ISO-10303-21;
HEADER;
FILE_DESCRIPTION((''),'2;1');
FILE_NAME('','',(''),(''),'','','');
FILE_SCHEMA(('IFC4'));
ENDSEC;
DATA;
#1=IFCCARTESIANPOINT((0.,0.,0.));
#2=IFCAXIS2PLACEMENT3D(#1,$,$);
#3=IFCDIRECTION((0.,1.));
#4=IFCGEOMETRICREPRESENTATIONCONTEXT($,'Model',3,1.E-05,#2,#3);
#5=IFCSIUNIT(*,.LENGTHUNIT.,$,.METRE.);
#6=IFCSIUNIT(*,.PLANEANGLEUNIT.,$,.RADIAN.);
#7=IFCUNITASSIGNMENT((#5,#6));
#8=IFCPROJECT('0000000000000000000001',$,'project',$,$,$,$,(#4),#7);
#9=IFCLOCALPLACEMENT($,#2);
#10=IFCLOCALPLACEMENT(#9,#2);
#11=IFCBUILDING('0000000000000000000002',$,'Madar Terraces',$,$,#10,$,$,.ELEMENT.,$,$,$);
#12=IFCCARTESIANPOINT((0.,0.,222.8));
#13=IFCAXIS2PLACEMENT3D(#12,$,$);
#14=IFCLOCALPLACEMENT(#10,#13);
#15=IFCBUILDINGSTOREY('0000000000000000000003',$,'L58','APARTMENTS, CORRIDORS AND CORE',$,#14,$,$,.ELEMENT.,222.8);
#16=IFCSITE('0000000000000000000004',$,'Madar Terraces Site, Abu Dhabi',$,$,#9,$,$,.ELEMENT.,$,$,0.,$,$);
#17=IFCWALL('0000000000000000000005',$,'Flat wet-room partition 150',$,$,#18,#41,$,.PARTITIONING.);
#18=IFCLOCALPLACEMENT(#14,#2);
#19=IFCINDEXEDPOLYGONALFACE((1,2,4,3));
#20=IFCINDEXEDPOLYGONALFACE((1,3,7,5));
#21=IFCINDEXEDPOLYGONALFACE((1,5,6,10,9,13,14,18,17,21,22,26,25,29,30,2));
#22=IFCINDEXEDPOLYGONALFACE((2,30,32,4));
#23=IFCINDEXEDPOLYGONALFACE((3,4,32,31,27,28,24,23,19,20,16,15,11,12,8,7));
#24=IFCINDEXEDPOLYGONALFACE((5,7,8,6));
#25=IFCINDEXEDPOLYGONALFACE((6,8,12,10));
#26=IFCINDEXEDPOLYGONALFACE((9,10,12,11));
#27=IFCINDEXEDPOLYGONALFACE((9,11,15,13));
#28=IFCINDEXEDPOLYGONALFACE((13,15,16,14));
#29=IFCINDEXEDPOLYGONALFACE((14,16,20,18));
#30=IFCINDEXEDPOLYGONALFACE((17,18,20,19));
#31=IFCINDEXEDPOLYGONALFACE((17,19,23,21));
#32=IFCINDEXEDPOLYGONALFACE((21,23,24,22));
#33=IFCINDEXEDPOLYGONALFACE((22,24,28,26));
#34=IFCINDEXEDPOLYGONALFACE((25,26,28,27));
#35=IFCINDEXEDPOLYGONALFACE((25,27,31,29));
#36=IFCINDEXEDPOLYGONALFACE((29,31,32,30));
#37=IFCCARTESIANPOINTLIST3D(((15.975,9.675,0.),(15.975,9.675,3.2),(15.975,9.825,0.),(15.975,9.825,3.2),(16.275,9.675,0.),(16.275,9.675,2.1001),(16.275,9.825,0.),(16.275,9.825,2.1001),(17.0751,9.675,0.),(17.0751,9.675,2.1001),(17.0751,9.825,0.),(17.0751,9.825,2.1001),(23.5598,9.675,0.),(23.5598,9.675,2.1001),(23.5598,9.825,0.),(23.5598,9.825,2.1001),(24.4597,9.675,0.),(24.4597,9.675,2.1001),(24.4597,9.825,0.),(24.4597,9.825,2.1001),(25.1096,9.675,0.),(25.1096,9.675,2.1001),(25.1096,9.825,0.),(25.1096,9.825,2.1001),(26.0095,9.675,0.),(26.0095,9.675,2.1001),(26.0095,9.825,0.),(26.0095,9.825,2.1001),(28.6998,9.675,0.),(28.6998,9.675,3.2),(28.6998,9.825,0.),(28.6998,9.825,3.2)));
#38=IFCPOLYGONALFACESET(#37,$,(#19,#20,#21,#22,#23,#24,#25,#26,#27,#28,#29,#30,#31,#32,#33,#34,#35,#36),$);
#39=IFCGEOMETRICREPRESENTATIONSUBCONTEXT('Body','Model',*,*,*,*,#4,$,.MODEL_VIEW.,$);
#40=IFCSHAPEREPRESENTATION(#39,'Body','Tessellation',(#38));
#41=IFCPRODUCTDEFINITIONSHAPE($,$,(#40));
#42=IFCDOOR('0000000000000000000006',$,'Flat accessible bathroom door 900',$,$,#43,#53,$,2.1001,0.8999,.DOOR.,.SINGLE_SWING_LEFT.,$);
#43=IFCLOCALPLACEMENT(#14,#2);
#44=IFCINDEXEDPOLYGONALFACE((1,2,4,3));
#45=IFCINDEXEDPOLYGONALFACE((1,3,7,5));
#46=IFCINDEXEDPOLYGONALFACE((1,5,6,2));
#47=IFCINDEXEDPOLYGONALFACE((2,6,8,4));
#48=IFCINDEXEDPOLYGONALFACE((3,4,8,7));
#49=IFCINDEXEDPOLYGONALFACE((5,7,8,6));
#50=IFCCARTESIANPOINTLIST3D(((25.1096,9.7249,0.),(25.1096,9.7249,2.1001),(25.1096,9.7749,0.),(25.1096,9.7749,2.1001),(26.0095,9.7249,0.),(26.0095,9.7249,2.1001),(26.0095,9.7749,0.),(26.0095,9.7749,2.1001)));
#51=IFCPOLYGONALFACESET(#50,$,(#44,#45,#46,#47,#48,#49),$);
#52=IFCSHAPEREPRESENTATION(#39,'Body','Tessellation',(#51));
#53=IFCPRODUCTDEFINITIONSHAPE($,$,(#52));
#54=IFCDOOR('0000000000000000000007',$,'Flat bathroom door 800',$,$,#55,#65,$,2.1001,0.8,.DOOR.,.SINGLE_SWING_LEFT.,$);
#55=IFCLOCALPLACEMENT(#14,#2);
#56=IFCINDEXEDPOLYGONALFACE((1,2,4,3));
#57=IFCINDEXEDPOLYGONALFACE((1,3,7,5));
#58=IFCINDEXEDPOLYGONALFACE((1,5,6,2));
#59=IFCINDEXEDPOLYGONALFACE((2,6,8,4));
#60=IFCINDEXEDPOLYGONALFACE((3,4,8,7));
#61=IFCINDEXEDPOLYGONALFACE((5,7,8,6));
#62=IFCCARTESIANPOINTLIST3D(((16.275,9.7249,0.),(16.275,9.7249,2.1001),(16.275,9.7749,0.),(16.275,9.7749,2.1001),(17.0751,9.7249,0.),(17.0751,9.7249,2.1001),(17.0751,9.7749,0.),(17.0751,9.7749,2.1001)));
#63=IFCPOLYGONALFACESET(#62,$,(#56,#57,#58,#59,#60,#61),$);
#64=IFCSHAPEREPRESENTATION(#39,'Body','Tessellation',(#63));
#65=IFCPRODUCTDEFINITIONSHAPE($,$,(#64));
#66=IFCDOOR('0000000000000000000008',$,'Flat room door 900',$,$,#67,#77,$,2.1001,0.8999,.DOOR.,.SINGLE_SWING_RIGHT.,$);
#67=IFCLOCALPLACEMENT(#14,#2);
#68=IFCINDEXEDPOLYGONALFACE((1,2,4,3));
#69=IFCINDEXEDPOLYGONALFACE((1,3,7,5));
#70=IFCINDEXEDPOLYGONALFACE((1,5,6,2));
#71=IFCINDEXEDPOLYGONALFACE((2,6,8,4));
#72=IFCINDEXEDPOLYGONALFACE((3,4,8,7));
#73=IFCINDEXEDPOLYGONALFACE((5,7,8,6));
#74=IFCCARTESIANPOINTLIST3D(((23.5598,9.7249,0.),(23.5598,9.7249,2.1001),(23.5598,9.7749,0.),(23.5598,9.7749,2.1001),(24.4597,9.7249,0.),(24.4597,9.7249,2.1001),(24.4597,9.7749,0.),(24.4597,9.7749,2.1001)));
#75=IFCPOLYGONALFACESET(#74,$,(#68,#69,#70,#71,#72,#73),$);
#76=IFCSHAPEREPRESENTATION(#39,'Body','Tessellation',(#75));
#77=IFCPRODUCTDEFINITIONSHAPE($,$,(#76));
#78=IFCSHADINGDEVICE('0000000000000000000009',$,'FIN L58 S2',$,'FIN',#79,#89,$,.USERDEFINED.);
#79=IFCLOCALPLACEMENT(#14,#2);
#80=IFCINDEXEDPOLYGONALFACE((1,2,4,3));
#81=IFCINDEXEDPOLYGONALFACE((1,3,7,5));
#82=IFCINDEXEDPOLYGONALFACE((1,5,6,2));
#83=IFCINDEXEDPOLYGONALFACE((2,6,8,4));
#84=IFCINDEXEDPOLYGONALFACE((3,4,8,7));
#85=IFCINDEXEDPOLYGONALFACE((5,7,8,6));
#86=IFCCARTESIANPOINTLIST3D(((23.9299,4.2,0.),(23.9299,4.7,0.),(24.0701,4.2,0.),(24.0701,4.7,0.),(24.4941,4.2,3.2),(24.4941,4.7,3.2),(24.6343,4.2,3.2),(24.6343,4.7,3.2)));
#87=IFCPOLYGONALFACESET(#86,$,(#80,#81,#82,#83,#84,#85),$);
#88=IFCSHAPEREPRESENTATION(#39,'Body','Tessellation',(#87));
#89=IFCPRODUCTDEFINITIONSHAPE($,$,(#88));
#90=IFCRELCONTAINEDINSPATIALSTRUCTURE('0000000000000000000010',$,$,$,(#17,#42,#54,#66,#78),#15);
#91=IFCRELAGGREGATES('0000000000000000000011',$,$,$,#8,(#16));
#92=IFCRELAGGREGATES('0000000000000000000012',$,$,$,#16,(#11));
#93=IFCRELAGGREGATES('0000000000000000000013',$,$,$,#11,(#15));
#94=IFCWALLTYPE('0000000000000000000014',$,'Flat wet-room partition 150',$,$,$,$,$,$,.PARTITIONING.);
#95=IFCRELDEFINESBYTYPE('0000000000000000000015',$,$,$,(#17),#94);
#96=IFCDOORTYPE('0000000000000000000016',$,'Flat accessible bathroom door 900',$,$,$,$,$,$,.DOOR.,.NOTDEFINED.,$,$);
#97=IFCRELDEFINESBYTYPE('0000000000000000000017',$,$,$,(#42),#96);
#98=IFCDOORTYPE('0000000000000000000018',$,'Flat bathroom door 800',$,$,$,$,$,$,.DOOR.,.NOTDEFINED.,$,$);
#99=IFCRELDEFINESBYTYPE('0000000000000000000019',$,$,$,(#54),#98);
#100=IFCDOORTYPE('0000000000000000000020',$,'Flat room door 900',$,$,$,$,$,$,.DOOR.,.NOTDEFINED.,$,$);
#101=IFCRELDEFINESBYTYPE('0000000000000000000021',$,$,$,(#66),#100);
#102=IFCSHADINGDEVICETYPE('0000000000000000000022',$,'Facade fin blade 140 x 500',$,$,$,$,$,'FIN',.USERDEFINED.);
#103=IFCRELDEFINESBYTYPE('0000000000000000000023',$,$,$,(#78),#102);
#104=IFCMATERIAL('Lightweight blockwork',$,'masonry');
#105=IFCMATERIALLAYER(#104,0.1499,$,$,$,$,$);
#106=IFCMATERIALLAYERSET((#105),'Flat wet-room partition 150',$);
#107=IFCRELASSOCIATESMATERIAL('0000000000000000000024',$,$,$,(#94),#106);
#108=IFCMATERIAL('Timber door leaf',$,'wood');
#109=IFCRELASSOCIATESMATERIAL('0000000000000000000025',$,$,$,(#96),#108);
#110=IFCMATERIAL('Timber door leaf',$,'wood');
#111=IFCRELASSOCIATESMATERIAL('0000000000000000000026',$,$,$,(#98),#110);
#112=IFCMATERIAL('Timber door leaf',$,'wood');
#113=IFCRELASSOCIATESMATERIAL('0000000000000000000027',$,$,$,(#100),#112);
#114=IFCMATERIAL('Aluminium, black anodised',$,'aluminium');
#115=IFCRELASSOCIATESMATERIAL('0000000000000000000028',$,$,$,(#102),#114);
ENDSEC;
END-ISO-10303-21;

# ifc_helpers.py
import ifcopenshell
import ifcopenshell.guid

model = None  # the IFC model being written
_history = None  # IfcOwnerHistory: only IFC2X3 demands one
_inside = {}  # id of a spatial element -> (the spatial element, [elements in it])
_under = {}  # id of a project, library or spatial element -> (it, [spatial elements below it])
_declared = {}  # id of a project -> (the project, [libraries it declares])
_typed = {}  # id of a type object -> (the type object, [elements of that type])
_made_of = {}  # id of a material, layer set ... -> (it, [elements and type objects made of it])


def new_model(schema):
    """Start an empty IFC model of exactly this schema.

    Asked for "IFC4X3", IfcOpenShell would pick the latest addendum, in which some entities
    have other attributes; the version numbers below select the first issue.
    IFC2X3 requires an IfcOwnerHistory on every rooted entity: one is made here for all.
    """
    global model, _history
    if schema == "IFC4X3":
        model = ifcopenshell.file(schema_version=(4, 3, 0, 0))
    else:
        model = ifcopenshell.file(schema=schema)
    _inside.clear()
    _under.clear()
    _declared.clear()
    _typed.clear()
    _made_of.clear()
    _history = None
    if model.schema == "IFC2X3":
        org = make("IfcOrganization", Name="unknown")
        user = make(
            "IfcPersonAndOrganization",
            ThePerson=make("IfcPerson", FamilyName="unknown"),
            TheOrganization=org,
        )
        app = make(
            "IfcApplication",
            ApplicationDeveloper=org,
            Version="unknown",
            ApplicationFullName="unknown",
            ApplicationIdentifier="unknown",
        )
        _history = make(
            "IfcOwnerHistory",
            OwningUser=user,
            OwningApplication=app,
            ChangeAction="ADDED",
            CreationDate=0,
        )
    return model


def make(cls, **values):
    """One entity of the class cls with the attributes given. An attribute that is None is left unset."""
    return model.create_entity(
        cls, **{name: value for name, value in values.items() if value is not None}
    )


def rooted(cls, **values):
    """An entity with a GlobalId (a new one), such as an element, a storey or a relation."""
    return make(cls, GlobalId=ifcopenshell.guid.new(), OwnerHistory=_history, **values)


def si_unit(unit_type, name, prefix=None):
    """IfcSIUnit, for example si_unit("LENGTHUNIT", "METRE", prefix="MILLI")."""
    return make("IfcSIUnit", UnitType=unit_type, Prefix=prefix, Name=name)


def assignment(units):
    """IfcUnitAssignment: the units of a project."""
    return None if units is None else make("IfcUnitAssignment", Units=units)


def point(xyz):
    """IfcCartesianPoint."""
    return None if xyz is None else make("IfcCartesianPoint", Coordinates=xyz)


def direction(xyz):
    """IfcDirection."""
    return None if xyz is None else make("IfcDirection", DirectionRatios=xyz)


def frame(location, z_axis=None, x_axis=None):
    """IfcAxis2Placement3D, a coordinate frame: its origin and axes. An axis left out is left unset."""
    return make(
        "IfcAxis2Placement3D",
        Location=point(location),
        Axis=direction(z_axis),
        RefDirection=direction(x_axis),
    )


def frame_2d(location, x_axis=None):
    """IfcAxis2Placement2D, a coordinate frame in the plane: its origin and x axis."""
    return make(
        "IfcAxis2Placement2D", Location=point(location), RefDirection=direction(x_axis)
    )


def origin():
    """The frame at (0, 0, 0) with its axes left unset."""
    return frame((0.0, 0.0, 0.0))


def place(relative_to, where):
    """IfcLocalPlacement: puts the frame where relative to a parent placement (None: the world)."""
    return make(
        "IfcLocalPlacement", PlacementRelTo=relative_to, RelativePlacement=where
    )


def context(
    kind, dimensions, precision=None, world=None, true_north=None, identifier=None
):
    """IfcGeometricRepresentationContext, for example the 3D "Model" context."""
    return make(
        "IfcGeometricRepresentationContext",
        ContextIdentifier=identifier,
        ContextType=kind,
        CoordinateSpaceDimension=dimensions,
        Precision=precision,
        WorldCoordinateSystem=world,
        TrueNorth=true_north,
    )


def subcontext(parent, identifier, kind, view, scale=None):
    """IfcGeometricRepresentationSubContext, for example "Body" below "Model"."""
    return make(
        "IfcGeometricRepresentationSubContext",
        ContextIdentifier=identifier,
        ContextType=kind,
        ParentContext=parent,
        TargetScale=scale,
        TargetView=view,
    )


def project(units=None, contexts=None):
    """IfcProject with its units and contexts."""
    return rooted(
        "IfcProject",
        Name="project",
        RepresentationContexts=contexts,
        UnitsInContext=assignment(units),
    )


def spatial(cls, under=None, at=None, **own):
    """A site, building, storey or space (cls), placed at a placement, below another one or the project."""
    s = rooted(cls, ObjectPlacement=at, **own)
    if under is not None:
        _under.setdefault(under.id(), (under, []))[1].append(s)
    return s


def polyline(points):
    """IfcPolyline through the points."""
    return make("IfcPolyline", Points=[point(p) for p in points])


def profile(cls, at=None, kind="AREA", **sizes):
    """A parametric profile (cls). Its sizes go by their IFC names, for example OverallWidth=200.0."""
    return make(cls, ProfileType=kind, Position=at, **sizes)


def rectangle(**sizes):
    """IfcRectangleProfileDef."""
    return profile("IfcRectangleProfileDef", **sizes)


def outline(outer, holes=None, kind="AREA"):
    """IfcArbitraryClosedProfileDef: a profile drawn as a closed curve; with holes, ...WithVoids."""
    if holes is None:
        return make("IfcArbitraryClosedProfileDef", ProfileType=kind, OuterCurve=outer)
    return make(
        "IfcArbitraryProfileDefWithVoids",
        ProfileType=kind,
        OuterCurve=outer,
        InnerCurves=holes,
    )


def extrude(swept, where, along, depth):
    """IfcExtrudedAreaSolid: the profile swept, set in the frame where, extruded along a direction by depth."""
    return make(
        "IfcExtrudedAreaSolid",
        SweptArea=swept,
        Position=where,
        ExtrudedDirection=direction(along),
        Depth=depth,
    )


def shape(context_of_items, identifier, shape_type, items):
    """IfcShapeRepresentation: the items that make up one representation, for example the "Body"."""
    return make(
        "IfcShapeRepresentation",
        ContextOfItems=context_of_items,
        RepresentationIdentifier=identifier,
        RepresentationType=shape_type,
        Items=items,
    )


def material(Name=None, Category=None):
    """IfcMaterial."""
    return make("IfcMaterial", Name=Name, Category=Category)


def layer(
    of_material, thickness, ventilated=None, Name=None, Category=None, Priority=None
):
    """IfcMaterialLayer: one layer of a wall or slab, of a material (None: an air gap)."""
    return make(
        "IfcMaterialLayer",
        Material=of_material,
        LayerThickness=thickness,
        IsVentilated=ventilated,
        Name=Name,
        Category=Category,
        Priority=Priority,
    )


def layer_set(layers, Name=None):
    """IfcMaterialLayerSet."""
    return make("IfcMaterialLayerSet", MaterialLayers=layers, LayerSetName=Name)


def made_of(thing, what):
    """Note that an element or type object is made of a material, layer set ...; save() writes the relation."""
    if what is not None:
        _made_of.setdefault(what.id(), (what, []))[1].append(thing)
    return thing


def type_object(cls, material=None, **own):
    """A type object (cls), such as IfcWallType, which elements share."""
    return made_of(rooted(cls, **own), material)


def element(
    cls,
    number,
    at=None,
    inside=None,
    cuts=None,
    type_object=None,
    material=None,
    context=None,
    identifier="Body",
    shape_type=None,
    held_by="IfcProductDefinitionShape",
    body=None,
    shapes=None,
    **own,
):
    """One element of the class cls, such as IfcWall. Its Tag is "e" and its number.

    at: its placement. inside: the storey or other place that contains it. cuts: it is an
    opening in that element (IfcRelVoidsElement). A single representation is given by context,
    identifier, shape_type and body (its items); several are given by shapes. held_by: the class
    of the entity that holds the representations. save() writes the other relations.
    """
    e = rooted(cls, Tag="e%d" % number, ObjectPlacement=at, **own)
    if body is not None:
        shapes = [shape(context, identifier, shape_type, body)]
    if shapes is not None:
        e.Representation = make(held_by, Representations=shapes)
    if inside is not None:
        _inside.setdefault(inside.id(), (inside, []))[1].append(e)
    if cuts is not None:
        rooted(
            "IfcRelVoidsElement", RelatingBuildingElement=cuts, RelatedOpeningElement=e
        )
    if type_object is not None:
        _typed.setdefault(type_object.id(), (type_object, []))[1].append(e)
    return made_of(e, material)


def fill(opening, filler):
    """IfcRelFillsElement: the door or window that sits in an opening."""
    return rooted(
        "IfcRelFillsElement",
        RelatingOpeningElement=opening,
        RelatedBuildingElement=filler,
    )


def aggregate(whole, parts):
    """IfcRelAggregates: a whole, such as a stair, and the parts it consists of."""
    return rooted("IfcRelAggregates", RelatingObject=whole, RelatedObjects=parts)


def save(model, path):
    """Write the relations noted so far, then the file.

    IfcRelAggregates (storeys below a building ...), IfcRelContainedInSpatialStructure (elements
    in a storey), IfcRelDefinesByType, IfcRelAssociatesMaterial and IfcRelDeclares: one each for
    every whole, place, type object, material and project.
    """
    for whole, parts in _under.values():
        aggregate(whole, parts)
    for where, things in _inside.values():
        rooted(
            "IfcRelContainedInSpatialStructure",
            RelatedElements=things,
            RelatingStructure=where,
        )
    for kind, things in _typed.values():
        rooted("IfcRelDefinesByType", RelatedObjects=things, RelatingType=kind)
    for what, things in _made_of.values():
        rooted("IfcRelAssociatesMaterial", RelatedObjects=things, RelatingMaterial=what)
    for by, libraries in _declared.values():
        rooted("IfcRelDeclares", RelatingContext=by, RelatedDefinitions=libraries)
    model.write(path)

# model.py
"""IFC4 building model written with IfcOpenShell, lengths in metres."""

from ifc_helpers import new_model, si_unit, direction, frame, frame_2d, origin, place, context, subcontext, project, spatial, polyline, rectangle, outline, extrude, material, layer, layer_set, type_object, element, fill, save


model = new_model("IFC4")

# Units and contexts
model_context = context("Model", 3, precision=1e-05, world=origin(), true_north=direction((0.0, 1.0)))
body_context = subcontext(model_context, "Body", "Model", "MODEL_VIEW")
ifc_project = project(units=[si_unit("LENGTHUNIT", "METRE"), si_unit("PLANEANGLEUNIT", "RADIAN")], contexts=[model_context])

# Site, building, storey
site_placement = place(None, origin())
site = spatial("IfcSite", under=ifc_project, at=site_placement, Name="Madar Terraces Site, Abu Dhabi", CompositionType="ELEMENT", RefElevation=0.0)
building_placement = place(site_placement, origin())
building = spatial("IfcBuilding", under=site, at=building_placement, Name="Madar Terraces", CompositionType="ELEMENT")
storey_placement = place(building_placement, frame((0.0, 0.0, 222.8)))
storey = spatial("IfcBuildingStorey", under=building, at=storey_placement, Name="L58", Description="APARTMENTS, CORRIDORS AND CORE", CompositionType="ELEMENT", Elevation=222.8)

# Shared definitions
ifc_material_1 = material(Name="Lightweight blockwork", Category="masonry")
ifc_layer_1 = layer(ifc_material_1, 0.1499)
ifc_layer_set_1 = layer_set([ifc_layer_1], Name="Flat wet-room partition 150")
wall_type_1 = type_object("IfcWallType", Name="Flat wet-room partition 150", PredefinedType="PARTITIONING", material=ifc_layer_set_1)

# Wall, openings, doors
wall_1_placement = place(storey_placement, frame((15.9751, 9.75, 0.0), z_axis=(0.0, 0.0, 1.0), x_axis=(1.0, 0.0, 0.0)))
wall_1 = element("IfcWall", 1, at=wall_1_placement, inside=storey, type_object=wall_type_1, Name="Flat wet-room partition 150", PredefinedType="PARTITIONING", context=body_context, shape_type="SweptSolid", body=[
    extrude(rectangle(XDim=12.7249, YDim=0.1499, at=frame_2d((6.3623, 0.0))), origin(), (0.0, 0.0, 1.0), 3.2),
])
opening_1_placement = place(wall_1_placement, frame((0.3, 0.0, 0.0)))
opening_1 = element("IfcOpeningElement", 2, at=opening_1_placement, cuts=wall_1, PredefinedType="OPENING", context=body_context, shape_type="SweptSolid", body=[
    extrude(rectangle(XDim=0.8, YDim=2.1001, at=frame_2d((0.3999, 1.05))), frame((0.0, 0.085, 0.0), z_axis=(0.0, -1.0, 0.0), x_axis=(1.0, 0.0, 0.0)), (0.0, 0.0, 1.0), 0.1699),
])
opening_2_placement = place(wall_1_placement, frame((7.5847, 0.0, 0.0)))
opening_2 = element("IfcOpeningElement", 3, at=opening_2_placement, cuts=wall_1, PredefinedType="OPENING", context=body_context, shape_type="SweptSolid", body=[
    extrude(rectangle(XDim=0.8999, YDim=2.1001, at=frame_2d((0.45, 1.05))), frame((0.0, 0.085, 0.0), z_axis=(0.0, -1.0, 0.0), x_axis=(1.0, 0.0, 0.0)), (0.0, 0.0, 1.0), 0.1699),
])
opening_3_placement = place(wall_1_placement, frame((9.1345, 0.0, 0.0)))
opening_3 = element("IfcOpeningElement", 4, at=opening_3_placement, cuts=wall_1, PredefinedType="OPENING", context=body_context, shape_type="SweptSolid", body=[
    extrude(rectangle(XDim=0.8999, YDim=2.1001, at=frame_2d((0.45, 1.05))), frame((0.0, 0.085, 0.0), z_axis=(0.0, -1.0, 0.0), x_axis=(1.0, 0.0, 0.0)), (0.0, 0.0, 1.0), 0.1699),
])
ifc_material_2 = material(Name="Timber door leaf", Category="wood")
door_type_1 = type_object("IfcDoorType", Name="Flat accessible bathroom door 900", OperationType="NOTDEFINED", PredefinedType="DOOR", material=ifc_material_2)
door_1_placement = place(opening_3_placement, origin())
door_1 = element("IfcDoor", 5, at=door_1_placement, inside=storey, type_object=door_type_1, Name="Flat accessible bathroom door 900", OperationType="SINGLE_SWING_LEFT", OverallHeight=2.1001, OverallWidth=0.8999, PredefinedType="DOOR", context=body_context, shape_type="SweptSolid", body=[
    extrude(rectangle(XDim=0.8999, YDim=2.1001, at=frame_2d((0.45, 1.05))), frame((0.0, 0.0249, 0.0), z_axis=(0.0, -1.0, 0.0), x_axis=(1.0, 0.0, 0.0)), (0.0, 0.0, 1.0), 0.05),
])
fill(opening_3, door_1)
ifc_material_3 = material(Name="Timber door leaf", Category="wood")
door_type_2 = type_object("IfcDoorType", Name="Flat bathroom door 800", OperationType="NOTDEFINED", PredefinedType="DOOR", material=ifc_material_3)
door_2_placement = place(opening_1_placement, origin())
door_2 = element("IfcDoor", 6, at=door_2_placement, inside=storey, type_object=door_type_2, Name="Flat bathroom door 800", OperationType="SINGLE_SWING_LEFT", OverallHeight=2.1001, OverallWidth=0.8, PredefinedType="DOOR", context=body_context, shape_type="SweptSolid", body=[
    extrude(rectangle(XDim=0.8, YDim=2.1001, at=frame_2d((0.3999, 1.05))), frame((0.0, 0.0249, 0.0), z_axis=(0.0, -1.0, 0.0), x_axis=(1.0, 0.0, 0.0)), (0.0, 0.0, 1.0), 0.05),
])
fill(opening_1, door_2)
ifc_material_4 = material(Name="Timber door leaf", Category="wood")
door_type_3 = type_object("IfcDoorType", Name="Flat room door 900", OperationType="NOTDEFINED", PredefinedType="DOOR", material=ifc_material_4)
door_3_placement = place(opening_2_placement, origin())
door_3 = element("IfcDoor", 7, at=door_3_placement, inside=storey, type_object=door_type_3, Name="Flat room door 900", OperationType="SINGLE_SWING_RIGHT", OverallHeight=2.1001, OverallWidth=0.8999, PredefinedType="DOOR", context=body_context, shape_type="SweptSolid", body=[
    extrude(rectangle(XDim=0.8999, YDim=2.1001, at=frame_2d((0.45, 1.05))), frame((0.0, 0.0249, 0.0), z_axis=(0.0, -1.0, 0.0), x_axis=(1.0, 0.0, 0.0)), (0.0, 0.0, 1.0), 0.05),
])
fill(opening_2, door_3)

# Shading device
ifc_material_5 = material(Name="Aluminium, black anodised", Category="aluminium")
shading_device_type = type_object("IfcShadingDeviceType", Name="Facade fin blade 140 x 500", ElementType="FIN", PredefinedType="USERDEFINED", material=ifc_material_5)
shading_device_placement = place(storey_placement, frame((23.9299, 4.45, 0.0), z_axis=(0.0, 0.0, 1.0), x_axis=(1.0, 0.0, 0.0)))
element("IfcShadingDevice", 8, at=shading_device_placement, inside=storey, type_object=shading_device_type, Name="FIN L58 S2", ObjectType="FIN", PredefinedType="USERDEFINED", context=body_context, shape_type="SweptSolid", body=[
    extrude(outline(polyline([(0.0, 0.0), (0.1401, 0.0), (0.7043, 3.2), (0.5642, 3.2), (0.0, 0.0)])), frame((0.0, 0.25, 0.0), z_axis=(0.0, -1.0, 0.0), x_axis=(1.0, 0.0, 0.0)), (0.0, 0.0, 1.0), 0.5),
])

save(model, "model.ifc")
